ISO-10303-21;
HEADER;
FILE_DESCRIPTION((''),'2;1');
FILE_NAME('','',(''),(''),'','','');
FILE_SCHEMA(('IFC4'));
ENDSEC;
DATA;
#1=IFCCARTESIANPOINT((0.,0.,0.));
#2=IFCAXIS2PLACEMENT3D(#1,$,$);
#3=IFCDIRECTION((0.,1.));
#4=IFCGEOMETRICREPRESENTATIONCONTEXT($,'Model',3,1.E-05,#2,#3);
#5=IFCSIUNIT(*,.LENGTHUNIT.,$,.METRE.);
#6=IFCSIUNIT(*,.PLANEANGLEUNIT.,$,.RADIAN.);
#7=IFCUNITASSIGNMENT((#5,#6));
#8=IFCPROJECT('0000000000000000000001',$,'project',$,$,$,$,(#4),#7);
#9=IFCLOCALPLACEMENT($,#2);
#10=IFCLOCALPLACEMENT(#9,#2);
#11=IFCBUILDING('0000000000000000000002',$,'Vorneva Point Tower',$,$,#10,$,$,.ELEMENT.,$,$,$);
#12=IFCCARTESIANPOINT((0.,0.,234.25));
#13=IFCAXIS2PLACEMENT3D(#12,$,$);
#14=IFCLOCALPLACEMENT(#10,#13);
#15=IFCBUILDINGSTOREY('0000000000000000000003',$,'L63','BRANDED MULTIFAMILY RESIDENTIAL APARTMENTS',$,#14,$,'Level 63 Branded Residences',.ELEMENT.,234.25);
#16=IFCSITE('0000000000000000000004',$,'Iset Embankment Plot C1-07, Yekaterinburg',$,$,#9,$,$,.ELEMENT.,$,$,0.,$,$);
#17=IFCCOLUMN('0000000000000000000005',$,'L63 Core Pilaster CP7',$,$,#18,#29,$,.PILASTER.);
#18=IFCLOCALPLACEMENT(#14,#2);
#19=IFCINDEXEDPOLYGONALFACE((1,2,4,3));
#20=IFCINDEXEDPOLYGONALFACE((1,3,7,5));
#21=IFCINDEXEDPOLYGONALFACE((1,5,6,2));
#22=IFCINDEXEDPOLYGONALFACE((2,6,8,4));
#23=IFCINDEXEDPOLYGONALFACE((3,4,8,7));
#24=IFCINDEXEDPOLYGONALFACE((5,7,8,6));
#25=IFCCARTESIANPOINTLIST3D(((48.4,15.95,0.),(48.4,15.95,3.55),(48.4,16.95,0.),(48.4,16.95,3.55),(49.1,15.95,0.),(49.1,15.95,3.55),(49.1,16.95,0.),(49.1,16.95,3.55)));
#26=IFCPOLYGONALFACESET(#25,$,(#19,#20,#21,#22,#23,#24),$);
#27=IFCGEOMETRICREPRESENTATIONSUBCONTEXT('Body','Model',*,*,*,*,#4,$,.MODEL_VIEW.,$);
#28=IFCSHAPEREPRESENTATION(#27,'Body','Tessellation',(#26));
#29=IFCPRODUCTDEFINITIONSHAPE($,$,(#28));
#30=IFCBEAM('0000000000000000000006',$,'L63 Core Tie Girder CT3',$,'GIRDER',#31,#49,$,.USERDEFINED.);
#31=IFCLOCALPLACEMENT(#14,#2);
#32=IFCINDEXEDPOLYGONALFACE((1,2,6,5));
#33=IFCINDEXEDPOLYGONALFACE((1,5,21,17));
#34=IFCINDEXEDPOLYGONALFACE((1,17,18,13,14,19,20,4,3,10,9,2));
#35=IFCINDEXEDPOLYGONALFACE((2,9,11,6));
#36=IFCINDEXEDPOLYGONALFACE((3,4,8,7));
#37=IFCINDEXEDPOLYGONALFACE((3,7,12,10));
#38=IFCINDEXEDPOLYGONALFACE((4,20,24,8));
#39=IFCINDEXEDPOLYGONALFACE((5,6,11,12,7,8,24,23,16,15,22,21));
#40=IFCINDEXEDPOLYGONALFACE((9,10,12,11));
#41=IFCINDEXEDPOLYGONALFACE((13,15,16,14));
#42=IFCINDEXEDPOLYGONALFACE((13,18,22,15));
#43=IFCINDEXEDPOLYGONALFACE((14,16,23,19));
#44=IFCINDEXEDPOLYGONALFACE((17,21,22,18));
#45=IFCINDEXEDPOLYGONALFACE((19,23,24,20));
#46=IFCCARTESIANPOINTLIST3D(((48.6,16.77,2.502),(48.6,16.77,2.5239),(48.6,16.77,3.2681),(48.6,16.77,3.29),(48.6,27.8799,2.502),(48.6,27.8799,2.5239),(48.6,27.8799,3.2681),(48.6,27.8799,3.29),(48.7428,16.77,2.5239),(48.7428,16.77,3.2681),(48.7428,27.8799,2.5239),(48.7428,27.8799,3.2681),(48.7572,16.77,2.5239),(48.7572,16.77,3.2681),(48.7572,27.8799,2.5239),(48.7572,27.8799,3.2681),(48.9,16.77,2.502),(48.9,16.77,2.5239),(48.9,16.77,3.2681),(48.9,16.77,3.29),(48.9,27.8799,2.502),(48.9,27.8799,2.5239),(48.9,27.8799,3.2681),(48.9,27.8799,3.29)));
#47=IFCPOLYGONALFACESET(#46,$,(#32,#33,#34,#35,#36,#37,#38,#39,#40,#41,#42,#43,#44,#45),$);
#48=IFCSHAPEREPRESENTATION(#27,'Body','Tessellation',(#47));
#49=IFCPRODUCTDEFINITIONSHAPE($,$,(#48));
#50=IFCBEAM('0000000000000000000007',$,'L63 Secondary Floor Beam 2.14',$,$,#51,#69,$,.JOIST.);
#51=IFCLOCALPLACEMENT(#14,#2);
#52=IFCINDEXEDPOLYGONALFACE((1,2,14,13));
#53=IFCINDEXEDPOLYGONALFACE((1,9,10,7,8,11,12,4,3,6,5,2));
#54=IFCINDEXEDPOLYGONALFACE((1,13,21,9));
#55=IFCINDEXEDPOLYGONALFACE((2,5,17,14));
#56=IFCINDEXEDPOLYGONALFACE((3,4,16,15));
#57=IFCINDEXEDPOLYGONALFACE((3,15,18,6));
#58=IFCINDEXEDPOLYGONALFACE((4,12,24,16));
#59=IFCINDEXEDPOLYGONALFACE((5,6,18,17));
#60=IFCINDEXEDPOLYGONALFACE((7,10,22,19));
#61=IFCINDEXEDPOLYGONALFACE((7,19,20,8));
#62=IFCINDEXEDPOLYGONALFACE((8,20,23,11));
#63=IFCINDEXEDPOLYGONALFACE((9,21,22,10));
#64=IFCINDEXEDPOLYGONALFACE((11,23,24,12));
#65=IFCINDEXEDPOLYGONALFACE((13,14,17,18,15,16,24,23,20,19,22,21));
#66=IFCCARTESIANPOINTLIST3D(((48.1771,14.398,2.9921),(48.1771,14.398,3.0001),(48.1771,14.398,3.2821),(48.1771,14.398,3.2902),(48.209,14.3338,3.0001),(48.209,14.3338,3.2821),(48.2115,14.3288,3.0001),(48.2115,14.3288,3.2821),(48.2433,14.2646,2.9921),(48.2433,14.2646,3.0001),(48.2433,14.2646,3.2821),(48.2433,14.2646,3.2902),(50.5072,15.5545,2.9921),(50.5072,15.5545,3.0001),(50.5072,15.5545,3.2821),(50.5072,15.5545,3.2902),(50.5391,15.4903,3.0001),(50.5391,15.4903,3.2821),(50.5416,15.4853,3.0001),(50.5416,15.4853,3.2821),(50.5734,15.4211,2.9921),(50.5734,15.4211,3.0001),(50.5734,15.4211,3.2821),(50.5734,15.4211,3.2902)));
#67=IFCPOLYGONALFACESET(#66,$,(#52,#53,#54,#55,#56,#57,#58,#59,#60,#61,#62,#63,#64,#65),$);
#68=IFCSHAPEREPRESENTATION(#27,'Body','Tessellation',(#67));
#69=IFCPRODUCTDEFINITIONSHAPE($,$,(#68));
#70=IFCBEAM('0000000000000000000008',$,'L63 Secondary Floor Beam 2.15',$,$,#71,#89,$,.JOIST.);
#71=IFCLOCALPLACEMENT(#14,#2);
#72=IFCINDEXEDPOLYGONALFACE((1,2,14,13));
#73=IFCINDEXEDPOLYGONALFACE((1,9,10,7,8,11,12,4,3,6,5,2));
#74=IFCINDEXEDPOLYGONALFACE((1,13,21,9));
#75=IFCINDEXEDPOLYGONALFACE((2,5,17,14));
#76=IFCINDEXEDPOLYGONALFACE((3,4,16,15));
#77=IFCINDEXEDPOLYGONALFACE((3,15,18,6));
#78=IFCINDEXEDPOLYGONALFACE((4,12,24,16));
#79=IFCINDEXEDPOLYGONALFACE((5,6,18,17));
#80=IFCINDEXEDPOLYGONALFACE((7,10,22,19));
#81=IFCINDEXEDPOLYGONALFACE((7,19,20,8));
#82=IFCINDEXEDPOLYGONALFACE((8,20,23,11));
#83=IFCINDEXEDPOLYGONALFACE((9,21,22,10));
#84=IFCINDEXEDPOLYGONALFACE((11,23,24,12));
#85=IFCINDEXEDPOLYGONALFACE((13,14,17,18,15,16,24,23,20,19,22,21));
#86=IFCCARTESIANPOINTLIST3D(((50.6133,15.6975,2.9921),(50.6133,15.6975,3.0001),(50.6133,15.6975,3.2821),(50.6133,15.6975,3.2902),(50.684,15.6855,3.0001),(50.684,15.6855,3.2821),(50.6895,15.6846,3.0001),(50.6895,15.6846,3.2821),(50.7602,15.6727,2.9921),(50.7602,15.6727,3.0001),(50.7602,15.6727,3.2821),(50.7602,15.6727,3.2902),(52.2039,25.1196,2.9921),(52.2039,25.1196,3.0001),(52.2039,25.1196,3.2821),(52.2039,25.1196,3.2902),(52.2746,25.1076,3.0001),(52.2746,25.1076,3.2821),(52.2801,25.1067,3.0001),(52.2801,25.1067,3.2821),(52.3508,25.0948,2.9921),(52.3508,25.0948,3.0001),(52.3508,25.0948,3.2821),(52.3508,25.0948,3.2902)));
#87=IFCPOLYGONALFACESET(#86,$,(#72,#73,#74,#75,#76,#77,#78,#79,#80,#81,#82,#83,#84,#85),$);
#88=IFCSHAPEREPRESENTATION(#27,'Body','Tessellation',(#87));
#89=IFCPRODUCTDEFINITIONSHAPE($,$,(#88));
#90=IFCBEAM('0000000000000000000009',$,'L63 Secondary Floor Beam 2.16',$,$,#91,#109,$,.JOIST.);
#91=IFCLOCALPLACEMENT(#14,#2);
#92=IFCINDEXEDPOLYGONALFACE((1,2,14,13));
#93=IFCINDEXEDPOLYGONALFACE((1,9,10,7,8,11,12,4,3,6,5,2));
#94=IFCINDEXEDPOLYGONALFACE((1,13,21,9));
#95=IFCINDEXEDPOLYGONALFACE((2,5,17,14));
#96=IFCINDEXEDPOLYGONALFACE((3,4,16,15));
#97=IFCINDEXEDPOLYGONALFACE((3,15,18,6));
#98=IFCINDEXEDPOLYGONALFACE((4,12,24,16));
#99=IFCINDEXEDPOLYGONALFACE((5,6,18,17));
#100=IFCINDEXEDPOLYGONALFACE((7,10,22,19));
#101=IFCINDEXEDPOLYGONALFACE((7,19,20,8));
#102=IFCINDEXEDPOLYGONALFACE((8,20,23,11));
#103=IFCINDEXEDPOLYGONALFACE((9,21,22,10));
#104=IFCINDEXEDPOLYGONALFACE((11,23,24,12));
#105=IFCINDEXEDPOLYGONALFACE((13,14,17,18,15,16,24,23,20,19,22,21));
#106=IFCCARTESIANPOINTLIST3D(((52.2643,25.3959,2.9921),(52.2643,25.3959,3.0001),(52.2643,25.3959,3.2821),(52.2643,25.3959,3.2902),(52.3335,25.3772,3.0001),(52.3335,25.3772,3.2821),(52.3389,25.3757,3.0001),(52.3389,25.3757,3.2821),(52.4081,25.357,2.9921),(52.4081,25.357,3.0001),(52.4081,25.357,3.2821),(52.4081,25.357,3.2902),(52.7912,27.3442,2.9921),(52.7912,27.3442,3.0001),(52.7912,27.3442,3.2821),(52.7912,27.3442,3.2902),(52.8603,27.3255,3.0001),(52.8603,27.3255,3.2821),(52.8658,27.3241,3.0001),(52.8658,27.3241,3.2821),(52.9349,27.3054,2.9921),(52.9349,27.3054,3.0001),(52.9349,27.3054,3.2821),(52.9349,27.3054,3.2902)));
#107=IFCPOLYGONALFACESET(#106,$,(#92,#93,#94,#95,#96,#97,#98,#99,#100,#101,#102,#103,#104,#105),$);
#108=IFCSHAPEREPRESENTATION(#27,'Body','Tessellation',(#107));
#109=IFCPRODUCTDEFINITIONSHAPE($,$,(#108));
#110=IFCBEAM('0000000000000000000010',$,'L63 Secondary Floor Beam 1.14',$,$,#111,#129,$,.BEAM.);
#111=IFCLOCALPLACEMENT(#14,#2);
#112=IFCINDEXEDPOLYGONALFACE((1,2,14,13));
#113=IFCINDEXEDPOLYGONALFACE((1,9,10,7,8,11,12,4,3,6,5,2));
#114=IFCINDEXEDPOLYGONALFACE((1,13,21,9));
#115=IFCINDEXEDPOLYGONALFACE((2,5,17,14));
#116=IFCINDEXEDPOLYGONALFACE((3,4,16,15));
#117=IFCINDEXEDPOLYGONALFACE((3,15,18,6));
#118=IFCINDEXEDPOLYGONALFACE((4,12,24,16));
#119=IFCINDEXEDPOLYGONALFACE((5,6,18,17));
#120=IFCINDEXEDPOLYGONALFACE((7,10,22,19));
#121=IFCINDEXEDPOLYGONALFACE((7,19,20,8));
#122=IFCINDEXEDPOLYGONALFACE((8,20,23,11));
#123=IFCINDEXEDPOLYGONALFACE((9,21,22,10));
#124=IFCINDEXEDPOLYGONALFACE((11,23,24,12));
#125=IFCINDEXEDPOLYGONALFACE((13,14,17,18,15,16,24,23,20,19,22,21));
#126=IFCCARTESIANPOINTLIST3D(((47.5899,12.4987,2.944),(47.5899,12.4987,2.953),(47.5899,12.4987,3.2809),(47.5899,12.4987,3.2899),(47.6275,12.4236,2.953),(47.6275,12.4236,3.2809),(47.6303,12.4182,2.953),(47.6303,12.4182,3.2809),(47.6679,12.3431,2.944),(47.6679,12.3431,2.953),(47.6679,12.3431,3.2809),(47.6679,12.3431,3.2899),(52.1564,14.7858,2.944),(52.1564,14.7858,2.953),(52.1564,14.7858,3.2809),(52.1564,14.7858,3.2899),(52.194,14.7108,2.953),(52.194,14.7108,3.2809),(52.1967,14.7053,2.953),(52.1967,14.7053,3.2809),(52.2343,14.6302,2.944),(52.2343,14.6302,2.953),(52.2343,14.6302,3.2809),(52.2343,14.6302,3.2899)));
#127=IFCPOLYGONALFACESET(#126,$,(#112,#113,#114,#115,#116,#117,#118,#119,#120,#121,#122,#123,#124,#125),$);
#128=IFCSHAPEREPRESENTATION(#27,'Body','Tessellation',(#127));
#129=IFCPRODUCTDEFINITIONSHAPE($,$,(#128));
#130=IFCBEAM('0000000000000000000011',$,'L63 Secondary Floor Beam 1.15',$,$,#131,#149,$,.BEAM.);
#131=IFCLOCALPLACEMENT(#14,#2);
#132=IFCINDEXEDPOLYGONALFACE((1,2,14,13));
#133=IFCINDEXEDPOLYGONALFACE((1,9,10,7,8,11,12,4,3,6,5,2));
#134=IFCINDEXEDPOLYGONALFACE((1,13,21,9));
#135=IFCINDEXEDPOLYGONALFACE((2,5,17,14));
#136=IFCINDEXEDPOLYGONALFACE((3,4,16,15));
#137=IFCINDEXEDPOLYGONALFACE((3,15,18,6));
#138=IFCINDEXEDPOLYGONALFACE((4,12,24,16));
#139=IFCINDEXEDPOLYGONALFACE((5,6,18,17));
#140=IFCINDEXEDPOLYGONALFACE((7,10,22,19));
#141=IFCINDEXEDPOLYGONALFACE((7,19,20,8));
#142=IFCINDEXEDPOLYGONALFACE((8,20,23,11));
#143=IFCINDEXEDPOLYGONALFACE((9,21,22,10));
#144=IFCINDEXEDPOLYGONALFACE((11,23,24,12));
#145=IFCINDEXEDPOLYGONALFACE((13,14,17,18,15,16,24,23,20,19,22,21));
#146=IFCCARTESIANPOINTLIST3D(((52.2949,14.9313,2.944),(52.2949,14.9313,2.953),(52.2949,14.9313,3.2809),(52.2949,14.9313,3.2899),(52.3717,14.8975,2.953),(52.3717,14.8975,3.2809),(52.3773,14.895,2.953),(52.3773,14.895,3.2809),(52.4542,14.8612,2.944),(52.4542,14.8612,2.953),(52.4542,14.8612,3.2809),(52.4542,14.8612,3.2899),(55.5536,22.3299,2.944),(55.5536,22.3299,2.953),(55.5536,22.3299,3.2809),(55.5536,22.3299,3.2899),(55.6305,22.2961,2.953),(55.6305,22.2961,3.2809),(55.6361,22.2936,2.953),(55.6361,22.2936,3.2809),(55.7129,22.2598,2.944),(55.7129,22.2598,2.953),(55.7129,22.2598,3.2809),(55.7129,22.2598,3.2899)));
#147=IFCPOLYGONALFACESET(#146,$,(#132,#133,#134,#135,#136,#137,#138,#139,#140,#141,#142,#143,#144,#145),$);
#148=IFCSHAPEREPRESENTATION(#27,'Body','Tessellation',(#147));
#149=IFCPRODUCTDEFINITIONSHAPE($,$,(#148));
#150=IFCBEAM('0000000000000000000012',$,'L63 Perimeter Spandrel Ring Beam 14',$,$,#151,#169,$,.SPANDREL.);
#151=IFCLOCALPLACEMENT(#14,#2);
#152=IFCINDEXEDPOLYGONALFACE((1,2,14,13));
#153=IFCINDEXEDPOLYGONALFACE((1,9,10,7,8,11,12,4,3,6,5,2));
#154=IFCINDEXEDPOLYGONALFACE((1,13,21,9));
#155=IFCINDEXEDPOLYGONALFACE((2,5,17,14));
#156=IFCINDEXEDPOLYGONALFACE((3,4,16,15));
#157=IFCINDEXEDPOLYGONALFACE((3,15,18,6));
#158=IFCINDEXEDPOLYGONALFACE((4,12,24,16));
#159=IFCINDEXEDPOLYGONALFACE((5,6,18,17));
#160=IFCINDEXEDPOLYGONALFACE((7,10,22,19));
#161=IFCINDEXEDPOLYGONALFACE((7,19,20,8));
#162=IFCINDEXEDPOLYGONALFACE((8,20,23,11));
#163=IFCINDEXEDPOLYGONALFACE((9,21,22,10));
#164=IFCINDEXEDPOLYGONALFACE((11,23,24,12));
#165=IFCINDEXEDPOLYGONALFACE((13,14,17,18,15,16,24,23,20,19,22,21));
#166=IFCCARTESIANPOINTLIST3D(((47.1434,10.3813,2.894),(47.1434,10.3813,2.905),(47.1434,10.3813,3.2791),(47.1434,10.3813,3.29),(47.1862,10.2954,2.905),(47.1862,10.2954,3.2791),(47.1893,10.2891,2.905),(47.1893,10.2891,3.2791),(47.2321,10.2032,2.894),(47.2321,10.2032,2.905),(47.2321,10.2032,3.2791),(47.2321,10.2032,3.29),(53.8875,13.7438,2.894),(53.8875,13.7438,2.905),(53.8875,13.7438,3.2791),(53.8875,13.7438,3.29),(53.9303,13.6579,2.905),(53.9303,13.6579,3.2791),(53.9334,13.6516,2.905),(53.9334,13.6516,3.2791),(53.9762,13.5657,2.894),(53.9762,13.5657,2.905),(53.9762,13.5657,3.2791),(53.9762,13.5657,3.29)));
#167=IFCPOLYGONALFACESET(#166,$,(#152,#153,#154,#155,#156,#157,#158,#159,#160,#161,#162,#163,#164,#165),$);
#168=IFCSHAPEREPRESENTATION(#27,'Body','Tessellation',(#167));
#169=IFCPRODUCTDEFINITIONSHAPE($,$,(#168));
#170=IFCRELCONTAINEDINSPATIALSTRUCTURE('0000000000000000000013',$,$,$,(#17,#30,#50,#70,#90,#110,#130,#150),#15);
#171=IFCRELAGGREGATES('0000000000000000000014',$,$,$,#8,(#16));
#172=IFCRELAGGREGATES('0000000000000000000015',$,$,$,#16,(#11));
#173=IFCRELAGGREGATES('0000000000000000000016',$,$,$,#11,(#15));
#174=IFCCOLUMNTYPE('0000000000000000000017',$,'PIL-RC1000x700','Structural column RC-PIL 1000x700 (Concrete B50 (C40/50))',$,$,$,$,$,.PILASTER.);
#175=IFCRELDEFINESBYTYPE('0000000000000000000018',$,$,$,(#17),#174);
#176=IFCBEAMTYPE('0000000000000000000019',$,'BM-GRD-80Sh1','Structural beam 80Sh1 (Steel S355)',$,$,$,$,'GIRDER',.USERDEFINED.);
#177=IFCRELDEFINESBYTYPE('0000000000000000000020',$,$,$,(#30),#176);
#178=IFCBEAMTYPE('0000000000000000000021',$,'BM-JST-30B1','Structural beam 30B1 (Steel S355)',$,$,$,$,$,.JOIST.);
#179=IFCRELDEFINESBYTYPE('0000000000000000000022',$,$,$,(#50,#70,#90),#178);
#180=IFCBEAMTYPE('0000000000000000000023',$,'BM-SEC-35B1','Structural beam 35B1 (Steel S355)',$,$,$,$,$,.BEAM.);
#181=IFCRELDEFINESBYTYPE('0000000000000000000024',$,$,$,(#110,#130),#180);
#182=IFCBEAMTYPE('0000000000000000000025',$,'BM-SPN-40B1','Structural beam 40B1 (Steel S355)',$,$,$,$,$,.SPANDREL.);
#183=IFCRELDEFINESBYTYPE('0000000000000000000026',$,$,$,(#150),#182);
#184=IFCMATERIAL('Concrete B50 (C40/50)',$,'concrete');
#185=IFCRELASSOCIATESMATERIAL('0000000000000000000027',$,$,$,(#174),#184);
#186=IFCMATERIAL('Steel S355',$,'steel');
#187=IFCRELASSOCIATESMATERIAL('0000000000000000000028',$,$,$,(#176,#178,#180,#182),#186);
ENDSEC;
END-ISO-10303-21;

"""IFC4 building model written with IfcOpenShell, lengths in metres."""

from ifc_helpers import new_model, si_unit, direction, frame, origin, origin_2d, place, context, subcontext, project, spatial, rectangle, i_section, extrude, material, material_profile, profile_set, type_object, element, save


model = new_model("IFC4")

# Units and contexts
model_context = context("Model", 3, precision=1e-05, world=origin(), true_north=direction((0.0, 1.0)))
body_context = subcontext(model_context, "Body", "Model", "MODEL_VIEW")
ifc_project = project(units=[si_unit("LENGTHUNIT", "METRE"), si_unit("PLANEANGLEUNIT", "RADIAN")], contexts=[model_context])

# Site, building, storey
site_placement = place(None, origin())
site = spatial("IfcSite", under=ifc_project, at=site_placement, Name="Iset Embankment Plot C1-07, Yekaterinburg", CompositionType="ELEMENT", RefElevation=0.0)
building_placement = place(site_placement, origin())
building = spatial("IfcBuilding", under=site, at=building_placement, Name="Vorneva Point Tower", CompositionType="ELEMENT")
storey_placement = place(building_placement, frame((0.0, 0.0, 234.25)))
storey = spatial("IfcBuildingStorey", under=building, at=storey_placement, Name="L63", Description="BRANDED MULTIFAMILY RESIDENTIAL APARTMENTS", LongName="Level 63 Branded Residences", CompositionType="ELEMENT", Elevation=234.25)

# Column
ifc_material_1 = material(Name="Concrete B50 (C40/50)", Category="concrete")
ifc_material_profile_1 = material_profile(ifc_material_1, rectangle(XDim=0.7, YDim=1.0, at=origin_2d()), Name="RC-PIL 1000x700")
ifc_profile_set_1 = profile_set([ifc_material_profile_1], Name="Concrete B50 (C40/50)")
column_type = type_object("IfcColumnType", Name="PIL-RC1000x700", Description="Structural column RC-PIL 1000x700 (Concrete B50 (C40/50))", PredefinedType="PILASTER", material=ifc_profile_set_1)
column_placement = place(storey_placement, frame((48.75, 16.45, 0.0), z_axis=(0.0, 0.0, 1.0), x_axis=(1.0, 0.0, 0.0)))
element("IfcColumn", 1, at=column_placement, inside=storey, type_object=column_type, Name="L63 Core Pilaster CP7", PredefinedType="PILASTER", context=body_context, shape_type="SweptSolid", body=[
    extrude(rectangle(XDim=0.7, YDim=1.0, at=origin_2d()), origin(), (0.0, 0.0, 1.0), 3.55),
])

# Beams
ifc_material_2 = material(Name="Steel S355", Category="steel")
ifc_material_profile_2 = material_profile(ifc_material_2, i_section(OverallWidth=0.3, OverallDepth=0.7881, WebThickness=0.0144, FlangeThickness=0.022, at=origin_2d()), Name="80Sh1")
ifc_profile_set_2 = profile_set([ifc_material_profile_2], Name="Steel S355")
beam_type_1 = type_object("IfcBeamType", Name="BM-GRD-80Sh1", Description="Structural beam 80Sh1 (Steel S355)", ElementType="GIRDER", PredefinedType="USERDEFINED", material=ifc_profile_set_2)
beam_1_placement = place(storey_placement, frame((48.75, 16.77, 2.896), z_axis=(0.0, 1.0, 0.0), x_axis=(-1.0, 0.0, 0.0)))
element("IfcBeam", 2, at=beam_1_placement, inside=storey, type_object=beam_type_1, Name="L63 Core Tie Girder CT3", ObjectType="GIRDER", PredefinedType="USERDEFINED", context=body_context, shape_type="SweptSolid", body=[
    extrude(i_section(OverallWidth=0.3, OverallDepth=0.7881, WebThickness=0.0144, FlangeThickness=0.022, at=origin_2d()), origin(), (0.0, 0.0, 1.0), 11.1099),
])
ifc_material_profile_3 = material_profile(ifc_material_2, i_section(OverallWidth=0.1489, OverallDepth=0.2981, WebThickness=0.0056, FlangeThickness=0.0081, at=origin_2d()), Name="30B1")
ifc_profile_set_3 = profile_set([ifc_material_profile_3], Name="Steel S355")
beam_type_2 = type_object("IfcBeamType", Name="BM-JST-30B1", Description="Structural beam 30B1 (Steel S355)", PredefinedType="JOIST", material=ifc_profile_set_3)
beam_2_placement = place(storey_placement, frame((48.2102, 14.3313, 3.1411), z_axis=(0.895737, 0.444584, 0.0), x_axis=(-0.444584, 0.895737, 0.0)))
element("IfcBeam", 3, at=beam_2_placement, inside=storey, type_object=beam_type_2, Name="L63 Secondary Floor Beam 2.14", PredefinedType="JOIST", context=body_context, shape_type="SweptSolid", body=[
    extrude(i_section(OverallWidth=0.1489, OverallDepth=0.2981, WebThickness=0.0056, FlangeThickness=0.0081, at=origin_2d()), origin(), (0.0, 0.0, 1.0), 2.6013),
])
beam_3_placement = place(storey_placement, frame((50.6868, 15.6851, 3.1411), z_axis=(0.166458, 0.986049, 0.0), x_axis=(-0.986049, 0.166458, 0.0)))
element("IfcBeam", 4, at=beam_3_placement, inside=storey, type_object=beam_type_2, Name="L63 Secondary Floor Beam 2.15", PredefinedType="JOIST", context=body_context, shape_type="SweptSolid", body=[
    extrude(i_section(OverallWidth=0.1489, OverallDepth=0.2981, WebThickness=0.0056, FlangeThickness=0.0081, at=origin_2d()), origin(), (0.0, 0.0, 1.0), 9.5554),
])
beam_4_placement = place(storey_placement, frame((52.3362, 25.3765, 3.1411), z_axis=(0.261049, 0.965326, 0.0), x_axis=(-0.965326, 0.261049, 0.0)))
element("IfcBeam", 5, at=beam_4_placement, inside=storey, type_object=beam_type_2, Name="L63 Secondary Floor Beam 2.16", PredefinedType="JOIST", context=body_context, shape_type="SweptSolid", body=[
    extrude(i_section(OverallWidth=0.1489, OverallDepth=0.2981, WebThickness=0.0056, FlangeThickness=0.0081, at=origin_2d()), origin(), (0.0, 0.0, 1.0), 2.0183),
])
ifc_material_profile_4 = material_profile(ifc_material_2, i_section(OverallWidth=0.1741, OverallDepth=0.3459, WebThickness=0.0061, FlangeThickness=0.009, at=origin_2d()), Name="35B1")
ifc_profile_set_4 = profile_set([ifc_material_profile_4], Name="Steel S355")
beam_type_3 = type_object("IfcBeamType", Name="BM-SEC-35B1", Description="Structural beam 35B1 (Steel S355)", PredefinedType="BEAM", material=ifc_profile_set_4)
beam_5_placement = place(storey_placement, frame((47.6289, 12.4209, 3.1169), z_axis=(0.894121, 0.447825, 0.0), x_axis=(-0.447825, 0.894121, 0.0)))
element("IfcBeam", 6, at=beam_5_placement, inside=storey, type_object=beam_type_3, Name="L63 Secondary Floor Beam 1.14", PredefinedType="BEAM", context=body_context, shape_type="SweptSolid", body=[
    extrude(i_section(OverallWidth=0.1741, OverallDepth=0.3459, WebThickness=0.0061, FlangeThickness=0.009, at=origin_2d()), origin(), (0.0, 0.0, 1.0), 5.1072),
])
beam_6_placement = place(storey_placement, frame((52.3745, 14.8962, 3.1169), z_axis=(0.403088, 0.915161, 0.0), x_axis=(-0.915161, 0.403088, 0.0)))
element("IfcBeam", 7, at=beam_6_placement, inside=storey, type_object=beam_type_3, Name="L63 Secondary Floor Beam 1.15", PredefinedType="BEAM", context=body_context, shape_type="SweptSolid", body=[
    extrude(i_section(OverallWidth=0.1741, OverallDepth=0.3459, WebThickness=0.0061, FlangeThickness=0.009, at=origin_2d()), origin(), (0.0, 0.0, 1.0), 8.0845),
])
ifc_material_profile_5 = material_profile(ifc_material_2, i_section(OverallWidth=0.199, OverallDepth=0.396, WebThickness=0.0071, FlangeThickness=0.011, at=origin_2d()), Name="40B1")
ifc_profile_set_5 = profile_set([ifc_material_profile_5], Name="Steel S355")
beam_type_4 = type_object("IfcBeamType", Name="BM-SPN-40B1", Description="Structural beam 40B1 (Steel S355)", PredefinedType="SPANDREL", material=ifc_profile_set_5)
beam_7_placement = place(storey_placement, frame((47.1877, 10.2922, 3.092), z_axis=(0.894932, 0.446203, 0.0), x_axis=(-0.446203, 0.894932, 0.0)))
element("IfcBeam", 8, at=beam_7_placement, inside=storey, type_object=beam_type_4, Name="L63 Perimeter Spandrel Ring Beam 14", PredefinedType="SPANDREL", context=body_context, shape_type="SweptSolid", body=[
    extrude(i_section(OverallWidth=0.199, OverallDepth=0.396, WebThickness=0.0071, FlangeThickness=0.011, at=origin_2d()), origin(), (0.0, 0.0, 1.0), 7.5359),
])

save(model, "model.ifc")
